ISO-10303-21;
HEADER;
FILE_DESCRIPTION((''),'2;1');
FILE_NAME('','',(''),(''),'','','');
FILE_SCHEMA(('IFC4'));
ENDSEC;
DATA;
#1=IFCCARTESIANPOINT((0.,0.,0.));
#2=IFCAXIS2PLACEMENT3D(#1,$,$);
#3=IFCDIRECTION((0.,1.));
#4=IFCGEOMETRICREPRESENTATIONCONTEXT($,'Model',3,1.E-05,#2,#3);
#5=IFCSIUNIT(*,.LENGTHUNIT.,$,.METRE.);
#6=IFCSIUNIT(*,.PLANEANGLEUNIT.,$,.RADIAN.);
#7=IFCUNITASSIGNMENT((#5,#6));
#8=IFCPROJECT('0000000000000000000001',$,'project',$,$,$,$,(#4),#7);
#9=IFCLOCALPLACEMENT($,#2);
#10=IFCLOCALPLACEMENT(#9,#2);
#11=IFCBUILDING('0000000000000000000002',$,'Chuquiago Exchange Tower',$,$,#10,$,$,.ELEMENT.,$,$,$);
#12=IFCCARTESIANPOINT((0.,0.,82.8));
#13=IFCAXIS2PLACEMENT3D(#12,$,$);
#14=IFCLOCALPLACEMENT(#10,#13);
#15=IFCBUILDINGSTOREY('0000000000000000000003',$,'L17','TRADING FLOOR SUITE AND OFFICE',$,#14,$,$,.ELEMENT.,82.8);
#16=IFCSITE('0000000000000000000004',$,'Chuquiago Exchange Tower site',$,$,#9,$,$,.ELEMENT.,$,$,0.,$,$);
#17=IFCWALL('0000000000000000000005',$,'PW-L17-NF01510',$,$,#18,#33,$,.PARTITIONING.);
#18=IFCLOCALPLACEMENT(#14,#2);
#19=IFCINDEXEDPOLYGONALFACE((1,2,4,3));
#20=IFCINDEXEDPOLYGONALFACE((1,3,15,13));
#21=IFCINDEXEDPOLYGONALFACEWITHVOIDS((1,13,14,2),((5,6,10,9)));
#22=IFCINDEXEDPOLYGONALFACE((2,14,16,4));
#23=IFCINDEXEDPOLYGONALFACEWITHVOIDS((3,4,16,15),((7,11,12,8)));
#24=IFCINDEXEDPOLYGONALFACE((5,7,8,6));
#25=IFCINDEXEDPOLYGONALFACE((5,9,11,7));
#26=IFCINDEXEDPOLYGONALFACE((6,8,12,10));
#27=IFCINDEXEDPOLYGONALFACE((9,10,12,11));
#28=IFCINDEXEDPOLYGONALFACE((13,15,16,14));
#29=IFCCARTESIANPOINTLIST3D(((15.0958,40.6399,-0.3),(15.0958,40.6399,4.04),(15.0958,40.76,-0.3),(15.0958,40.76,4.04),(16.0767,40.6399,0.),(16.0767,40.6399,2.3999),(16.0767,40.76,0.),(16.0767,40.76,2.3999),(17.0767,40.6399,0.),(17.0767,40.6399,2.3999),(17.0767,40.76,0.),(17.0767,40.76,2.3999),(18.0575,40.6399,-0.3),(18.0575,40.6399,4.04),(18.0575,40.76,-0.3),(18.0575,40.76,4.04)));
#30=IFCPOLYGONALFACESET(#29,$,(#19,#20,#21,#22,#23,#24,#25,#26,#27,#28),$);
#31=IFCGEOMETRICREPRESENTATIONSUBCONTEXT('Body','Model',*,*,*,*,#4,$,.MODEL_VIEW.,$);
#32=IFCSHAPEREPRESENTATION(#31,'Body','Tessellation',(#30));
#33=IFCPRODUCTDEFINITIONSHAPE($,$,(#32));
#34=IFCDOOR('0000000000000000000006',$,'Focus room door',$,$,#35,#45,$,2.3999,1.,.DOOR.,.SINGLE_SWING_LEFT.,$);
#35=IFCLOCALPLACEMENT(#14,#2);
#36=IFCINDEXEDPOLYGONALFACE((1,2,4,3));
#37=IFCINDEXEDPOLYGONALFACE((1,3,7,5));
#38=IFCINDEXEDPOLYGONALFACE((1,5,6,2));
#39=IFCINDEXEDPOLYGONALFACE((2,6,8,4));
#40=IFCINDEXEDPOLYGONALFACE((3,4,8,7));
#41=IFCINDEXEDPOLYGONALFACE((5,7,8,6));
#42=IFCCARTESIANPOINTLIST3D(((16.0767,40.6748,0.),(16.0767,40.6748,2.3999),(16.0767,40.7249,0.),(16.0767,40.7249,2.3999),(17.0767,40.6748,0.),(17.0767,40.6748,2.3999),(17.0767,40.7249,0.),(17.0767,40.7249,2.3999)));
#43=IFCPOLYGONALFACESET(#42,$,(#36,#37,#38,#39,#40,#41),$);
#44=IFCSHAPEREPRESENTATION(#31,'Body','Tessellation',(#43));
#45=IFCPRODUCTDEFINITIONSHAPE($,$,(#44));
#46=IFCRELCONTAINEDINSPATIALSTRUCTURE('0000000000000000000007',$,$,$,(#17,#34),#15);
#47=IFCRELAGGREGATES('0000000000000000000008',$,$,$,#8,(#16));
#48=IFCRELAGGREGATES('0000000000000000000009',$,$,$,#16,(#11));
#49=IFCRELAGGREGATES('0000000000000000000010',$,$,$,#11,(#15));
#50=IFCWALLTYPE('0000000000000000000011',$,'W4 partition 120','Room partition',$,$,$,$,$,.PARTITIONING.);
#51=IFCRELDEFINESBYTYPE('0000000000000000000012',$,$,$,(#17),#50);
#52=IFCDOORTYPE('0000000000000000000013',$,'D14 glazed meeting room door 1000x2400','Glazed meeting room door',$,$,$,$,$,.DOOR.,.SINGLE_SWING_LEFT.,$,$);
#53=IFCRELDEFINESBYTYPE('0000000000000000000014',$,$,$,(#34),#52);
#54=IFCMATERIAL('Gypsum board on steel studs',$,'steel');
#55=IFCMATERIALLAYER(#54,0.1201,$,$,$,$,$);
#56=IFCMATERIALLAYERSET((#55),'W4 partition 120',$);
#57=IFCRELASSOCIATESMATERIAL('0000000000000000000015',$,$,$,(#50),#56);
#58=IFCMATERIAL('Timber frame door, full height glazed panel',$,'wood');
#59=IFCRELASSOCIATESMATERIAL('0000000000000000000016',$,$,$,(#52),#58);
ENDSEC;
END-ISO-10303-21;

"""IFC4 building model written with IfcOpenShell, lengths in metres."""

from ifc_helpers import new_model, si_unit, direction, frame, frame_2d, origin, place, context, subcontext, project, spatial, rectangle, extrude, material, layer, layer_set, type_object, element, fill, save


model = new_model("IFC4")

# Units and contexts
model_context = context("Model", 3, precision=1e-05, world=origin(), true_north=direction((0.0, 1.0)))
body_context = subcontext(model_context, "Body", "Model", "MODEL_VIEW")
ifc_project = project(units=[si_unit("LENGTHUNIT", "METRE"), si_unit("PLANEANGLEUNIT", "RADIAN")], contexts=[model_context])

# Site, building, storey
site_placement = place(None, origin())
site = spatial("IfcSite", under=ifc_project, at=site_placement, Name="Chuquiago Exchange Tower site", CompositionType="ELEMENT", RefElevation=0.0)
building_placement = place(site_placement, origin())
building = spatial("IfcBuilding", under=site, at=building_placement, Name="Chuquiago Exchange Tower", CompositionType="ELEMENT")
storey_placement = place(building_placement, frame((0.0, 0.0, 82.8)))
storey = spatial("IfcBuildingStorey", under=building, at=storey_placement, Name="L17", Description="TRADING FLOOR SUITE AND OFFICE", CompositionType="ELEMENT", Elevation=82.8)

# Shared definitions
ifc_material_1 = material(Name="Gypsum board on steel studs", Category="steel")
ifc_layer_1 = layer(ifc_material_1, 0.1201)
ifc_layer_set_1 = layer_set([ifc_layer_1], Name="W4 partition 120")
wall_type_1 = type_object("IfcWallType", Name="W4 partition 120", Description="Room partition", PredefinedType="PARTITIONING", material=ifc_layer_set_1)

# Wall, opening, door
wall_1_placement = place(storey_placement, frame((15.0957, 40.7, -0.3), z_axis=(0.0, 0.0, 1.0), x_axis=(1.0, 0.0, 0.0)))
wall_1 = element("IfcWall", 1, at=wall_1_placement, inside=storey, type_object=wall_type_1, Name="PW-L17-NF01510", PredefinedType="PARTITIONING", context=body_context, shape_type="SweptSolid", body=[
    extrude(rectangle(XDim=2.9617, YDim=0.1201, at=frame_2d((1.481, 0.0))), origin(), (0.0, 0.0, 1.0), 4.3401),
])
opening_1_placement = place(wall_1_placement, frame((0.981, 0.0, 0.3)))
opening_1 = element("IfcOpeningElement", 2, at=opening_1_placement, cuts=wall_1, PredefinedType="OPENING", context=body_context, shape_type="SweptSolid", body=[
    extrude(rectangle(XDim=1.0, YDim=2.3999, at=frame_2d((0.5, 1.2))), frame((0.0, 0.0701, 0.0), z_axis=(0.0, -1.0, 0.0), x_axis=(1.0, 0.0, 0.0)), (0.0, 0.0, 1.0), 0.1401),
])
ifc_material_2 = material(Name="Timber frame door, full height glazed panel", Category="wood")
door_type_1 = type_object("IfcDoorType", Name="D14 glazed meeting room door 1000x2400", Description="Glazed meeting room door", OperationType="SINGLE_SWING_LEFT", PredefinedType="DOOR", material=ifc_material_2)
door_1_placement = place(opening_1_placement, origin())
door_1 = element("IfcDoor", 3, at=door_1_placement, inside=storey, type_object=door_type_1, Name="Focus room door", OperationType="SINGLE_SWING_LEFT", OverallHeight=2.3999, OverallWidth=1.0, PredefinedType="DOOR", context=body_context, shape_type="SweptSolid", body=[
    extrude(rectangle(XDim=1.0, YDim=2.3999, at=frame_2d((0.5, 1.2))), frame((0.0, 0.0249, 0.0), z_axis=(0.0, -1.0, 0.0), x_axis=(1.0, 0.0, 0.0)), (0.0, 0.0, 1.0), 0.05),
])
fill(opening_1, door_1)

save(model, "model.ifc")
